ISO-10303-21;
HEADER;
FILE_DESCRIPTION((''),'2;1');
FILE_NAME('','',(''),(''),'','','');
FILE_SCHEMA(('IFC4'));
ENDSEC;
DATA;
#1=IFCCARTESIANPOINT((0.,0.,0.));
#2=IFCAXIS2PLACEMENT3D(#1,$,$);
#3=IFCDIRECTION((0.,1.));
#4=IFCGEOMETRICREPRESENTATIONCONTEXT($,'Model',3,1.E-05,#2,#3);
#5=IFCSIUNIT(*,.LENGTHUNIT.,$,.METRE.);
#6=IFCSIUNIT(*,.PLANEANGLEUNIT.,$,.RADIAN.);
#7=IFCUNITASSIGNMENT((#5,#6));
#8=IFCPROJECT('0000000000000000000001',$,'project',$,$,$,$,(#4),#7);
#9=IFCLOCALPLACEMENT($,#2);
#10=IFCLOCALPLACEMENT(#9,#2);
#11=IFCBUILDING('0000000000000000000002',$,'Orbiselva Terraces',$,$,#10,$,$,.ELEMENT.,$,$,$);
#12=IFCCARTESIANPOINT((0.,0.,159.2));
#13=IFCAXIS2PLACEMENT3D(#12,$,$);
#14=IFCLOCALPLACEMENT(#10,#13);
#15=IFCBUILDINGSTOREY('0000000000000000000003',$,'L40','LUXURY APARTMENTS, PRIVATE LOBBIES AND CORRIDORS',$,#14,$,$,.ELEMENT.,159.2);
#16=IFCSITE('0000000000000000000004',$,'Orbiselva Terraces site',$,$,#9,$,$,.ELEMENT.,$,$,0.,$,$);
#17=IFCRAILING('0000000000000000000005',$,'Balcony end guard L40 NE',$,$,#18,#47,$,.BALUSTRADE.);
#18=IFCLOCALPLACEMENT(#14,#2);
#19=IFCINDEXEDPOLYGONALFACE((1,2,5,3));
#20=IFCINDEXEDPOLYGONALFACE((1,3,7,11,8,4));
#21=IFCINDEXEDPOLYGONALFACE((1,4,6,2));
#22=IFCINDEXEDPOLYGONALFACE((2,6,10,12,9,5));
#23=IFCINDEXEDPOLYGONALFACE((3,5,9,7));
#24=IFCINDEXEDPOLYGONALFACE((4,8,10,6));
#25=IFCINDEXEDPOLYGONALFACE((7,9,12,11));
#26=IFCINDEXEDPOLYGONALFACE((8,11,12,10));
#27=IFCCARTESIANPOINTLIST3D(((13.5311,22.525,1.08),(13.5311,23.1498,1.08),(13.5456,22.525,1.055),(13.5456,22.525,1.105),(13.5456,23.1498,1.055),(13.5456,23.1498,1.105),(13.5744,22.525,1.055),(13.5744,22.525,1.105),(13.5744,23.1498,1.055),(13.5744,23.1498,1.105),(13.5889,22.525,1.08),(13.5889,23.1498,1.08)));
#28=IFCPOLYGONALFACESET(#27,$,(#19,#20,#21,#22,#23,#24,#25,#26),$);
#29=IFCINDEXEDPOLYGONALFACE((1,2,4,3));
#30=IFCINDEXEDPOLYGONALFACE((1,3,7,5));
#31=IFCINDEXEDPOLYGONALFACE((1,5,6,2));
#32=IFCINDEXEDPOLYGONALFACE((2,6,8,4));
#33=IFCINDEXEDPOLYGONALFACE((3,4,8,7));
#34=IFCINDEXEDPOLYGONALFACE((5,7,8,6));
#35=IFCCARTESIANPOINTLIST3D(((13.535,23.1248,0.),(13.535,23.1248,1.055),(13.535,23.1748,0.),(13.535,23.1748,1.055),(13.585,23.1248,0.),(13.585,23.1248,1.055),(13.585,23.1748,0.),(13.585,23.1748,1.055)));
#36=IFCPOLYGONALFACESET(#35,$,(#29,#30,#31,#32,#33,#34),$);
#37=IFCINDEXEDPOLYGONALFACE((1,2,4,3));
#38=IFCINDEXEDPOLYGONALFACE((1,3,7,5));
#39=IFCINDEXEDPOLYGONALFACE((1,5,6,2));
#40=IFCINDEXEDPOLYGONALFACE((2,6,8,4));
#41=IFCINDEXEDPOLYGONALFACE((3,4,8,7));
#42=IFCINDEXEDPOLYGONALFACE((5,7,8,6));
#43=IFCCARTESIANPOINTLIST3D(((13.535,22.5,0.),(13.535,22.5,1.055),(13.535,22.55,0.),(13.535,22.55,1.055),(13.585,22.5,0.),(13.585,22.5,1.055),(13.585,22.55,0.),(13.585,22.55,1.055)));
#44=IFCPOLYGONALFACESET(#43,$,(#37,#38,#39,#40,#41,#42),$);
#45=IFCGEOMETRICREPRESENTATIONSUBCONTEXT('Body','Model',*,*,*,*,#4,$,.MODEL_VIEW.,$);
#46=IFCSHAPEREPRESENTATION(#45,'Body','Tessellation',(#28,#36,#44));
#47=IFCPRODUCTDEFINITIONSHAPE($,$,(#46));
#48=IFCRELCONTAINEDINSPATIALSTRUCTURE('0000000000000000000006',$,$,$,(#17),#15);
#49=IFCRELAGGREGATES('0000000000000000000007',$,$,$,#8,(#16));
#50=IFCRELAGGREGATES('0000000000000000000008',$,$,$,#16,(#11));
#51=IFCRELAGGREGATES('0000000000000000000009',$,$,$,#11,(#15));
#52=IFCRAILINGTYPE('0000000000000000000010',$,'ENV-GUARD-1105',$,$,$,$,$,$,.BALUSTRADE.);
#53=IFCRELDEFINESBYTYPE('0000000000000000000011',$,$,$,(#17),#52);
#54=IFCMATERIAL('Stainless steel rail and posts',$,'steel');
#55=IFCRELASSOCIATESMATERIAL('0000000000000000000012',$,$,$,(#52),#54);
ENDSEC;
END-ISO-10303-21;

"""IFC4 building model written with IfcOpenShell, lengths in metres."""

from ifc_helpers import new_model, si_unit, direction, frame, origin, origin_2d, place, context, subcontext, project, spatial, polyline, rectangle, outline, extrude, material, type_object, element, save


model = new_model("IFC4")

# Units and contexts
model_context = context("Model", 3, precision=1e-05, world=origin(), true_north=direction((0.0, 1.0)))
body_context = subcontext(model_context, "Body", "Model", "MODEL_VIEW")
ifc_project = project(units=[si_unit("LENGTHUNIT", "METRE"), si_unit("PLANEANGLEUNIT", "RADIAN")], contexts=[model_context])

# Site, building, storey
site_placement = place(None, origin())
site = spatial("IfcSite", under=ifc_project, at=site_placement, Name="Orbiselva Terraces site", CompositionType="ELEMENT", RefElevation=0.0)
building_placement = place(site_placement, origin())
building = spatial("IfcBuilding", under=site, at=building_placement, Name="Orbiselva Terraces", CompositionType="ELEMENT")
storey_placement = place(building_placement, frame((0.0, 0.0, 159.2)))
storey = spatial("IfcBuildingStorey", under=building, at=storey_placement, Name="L40", Description="LUXURY APARTMENTS, PRIVATE LOBBIES AND CORRIDORS", CompositionType="ELEMENT", Elevation=159.2)

# Railing
ifc_material_1 = material(Name="Stainless steel rail and posts", Category="steel")
railing_type_1 = type_object("IfcRailingType", Name="ENV-GUARD-1105", PredefinedType="BALUSTRADE", material=ifc_material_1)
railing_1_placement = place(storey_placement, frame((13.56, 23.1498, 0.0)))
element("IfcRailing", 1, at=railing_1_placement, inside=storey, type_object=railing_type_1, Name="Balcony end guard L40 NE", PredefinedType="BALUSTRADE", context=body_context, shape_type="SweptSolid", body=[
    extrude(outline(polyline([(0.0289, 0.0), (0.0144, 0.025), (-0.0144, 0.025), (-0.0289, 0.0), (-0.0144, -0.025), (0.0144, -0.025), (0.0289, 0.0)])), frame((0.0, 0.0, 1.08), z_axis=(0.0, -1.0, 0.0), x_axis=(1.0, 0.0, 0.0)), (0.0, 0.0, 1.0), 0.6248),
    extrude(rectangle(XDim=0.05, YDim=0.05, at=origin_2d()), origin(), (0.0, 0.0, 1.0), 1.055),
    extrude(rectangle(XDim=0.05, YDim=0.05, at=origin_2d()), frame((0.0, -0.6248, 0.0)), (0.0, 0.0, 1.0), 1.055),
])

save(model, "model.ifc")
